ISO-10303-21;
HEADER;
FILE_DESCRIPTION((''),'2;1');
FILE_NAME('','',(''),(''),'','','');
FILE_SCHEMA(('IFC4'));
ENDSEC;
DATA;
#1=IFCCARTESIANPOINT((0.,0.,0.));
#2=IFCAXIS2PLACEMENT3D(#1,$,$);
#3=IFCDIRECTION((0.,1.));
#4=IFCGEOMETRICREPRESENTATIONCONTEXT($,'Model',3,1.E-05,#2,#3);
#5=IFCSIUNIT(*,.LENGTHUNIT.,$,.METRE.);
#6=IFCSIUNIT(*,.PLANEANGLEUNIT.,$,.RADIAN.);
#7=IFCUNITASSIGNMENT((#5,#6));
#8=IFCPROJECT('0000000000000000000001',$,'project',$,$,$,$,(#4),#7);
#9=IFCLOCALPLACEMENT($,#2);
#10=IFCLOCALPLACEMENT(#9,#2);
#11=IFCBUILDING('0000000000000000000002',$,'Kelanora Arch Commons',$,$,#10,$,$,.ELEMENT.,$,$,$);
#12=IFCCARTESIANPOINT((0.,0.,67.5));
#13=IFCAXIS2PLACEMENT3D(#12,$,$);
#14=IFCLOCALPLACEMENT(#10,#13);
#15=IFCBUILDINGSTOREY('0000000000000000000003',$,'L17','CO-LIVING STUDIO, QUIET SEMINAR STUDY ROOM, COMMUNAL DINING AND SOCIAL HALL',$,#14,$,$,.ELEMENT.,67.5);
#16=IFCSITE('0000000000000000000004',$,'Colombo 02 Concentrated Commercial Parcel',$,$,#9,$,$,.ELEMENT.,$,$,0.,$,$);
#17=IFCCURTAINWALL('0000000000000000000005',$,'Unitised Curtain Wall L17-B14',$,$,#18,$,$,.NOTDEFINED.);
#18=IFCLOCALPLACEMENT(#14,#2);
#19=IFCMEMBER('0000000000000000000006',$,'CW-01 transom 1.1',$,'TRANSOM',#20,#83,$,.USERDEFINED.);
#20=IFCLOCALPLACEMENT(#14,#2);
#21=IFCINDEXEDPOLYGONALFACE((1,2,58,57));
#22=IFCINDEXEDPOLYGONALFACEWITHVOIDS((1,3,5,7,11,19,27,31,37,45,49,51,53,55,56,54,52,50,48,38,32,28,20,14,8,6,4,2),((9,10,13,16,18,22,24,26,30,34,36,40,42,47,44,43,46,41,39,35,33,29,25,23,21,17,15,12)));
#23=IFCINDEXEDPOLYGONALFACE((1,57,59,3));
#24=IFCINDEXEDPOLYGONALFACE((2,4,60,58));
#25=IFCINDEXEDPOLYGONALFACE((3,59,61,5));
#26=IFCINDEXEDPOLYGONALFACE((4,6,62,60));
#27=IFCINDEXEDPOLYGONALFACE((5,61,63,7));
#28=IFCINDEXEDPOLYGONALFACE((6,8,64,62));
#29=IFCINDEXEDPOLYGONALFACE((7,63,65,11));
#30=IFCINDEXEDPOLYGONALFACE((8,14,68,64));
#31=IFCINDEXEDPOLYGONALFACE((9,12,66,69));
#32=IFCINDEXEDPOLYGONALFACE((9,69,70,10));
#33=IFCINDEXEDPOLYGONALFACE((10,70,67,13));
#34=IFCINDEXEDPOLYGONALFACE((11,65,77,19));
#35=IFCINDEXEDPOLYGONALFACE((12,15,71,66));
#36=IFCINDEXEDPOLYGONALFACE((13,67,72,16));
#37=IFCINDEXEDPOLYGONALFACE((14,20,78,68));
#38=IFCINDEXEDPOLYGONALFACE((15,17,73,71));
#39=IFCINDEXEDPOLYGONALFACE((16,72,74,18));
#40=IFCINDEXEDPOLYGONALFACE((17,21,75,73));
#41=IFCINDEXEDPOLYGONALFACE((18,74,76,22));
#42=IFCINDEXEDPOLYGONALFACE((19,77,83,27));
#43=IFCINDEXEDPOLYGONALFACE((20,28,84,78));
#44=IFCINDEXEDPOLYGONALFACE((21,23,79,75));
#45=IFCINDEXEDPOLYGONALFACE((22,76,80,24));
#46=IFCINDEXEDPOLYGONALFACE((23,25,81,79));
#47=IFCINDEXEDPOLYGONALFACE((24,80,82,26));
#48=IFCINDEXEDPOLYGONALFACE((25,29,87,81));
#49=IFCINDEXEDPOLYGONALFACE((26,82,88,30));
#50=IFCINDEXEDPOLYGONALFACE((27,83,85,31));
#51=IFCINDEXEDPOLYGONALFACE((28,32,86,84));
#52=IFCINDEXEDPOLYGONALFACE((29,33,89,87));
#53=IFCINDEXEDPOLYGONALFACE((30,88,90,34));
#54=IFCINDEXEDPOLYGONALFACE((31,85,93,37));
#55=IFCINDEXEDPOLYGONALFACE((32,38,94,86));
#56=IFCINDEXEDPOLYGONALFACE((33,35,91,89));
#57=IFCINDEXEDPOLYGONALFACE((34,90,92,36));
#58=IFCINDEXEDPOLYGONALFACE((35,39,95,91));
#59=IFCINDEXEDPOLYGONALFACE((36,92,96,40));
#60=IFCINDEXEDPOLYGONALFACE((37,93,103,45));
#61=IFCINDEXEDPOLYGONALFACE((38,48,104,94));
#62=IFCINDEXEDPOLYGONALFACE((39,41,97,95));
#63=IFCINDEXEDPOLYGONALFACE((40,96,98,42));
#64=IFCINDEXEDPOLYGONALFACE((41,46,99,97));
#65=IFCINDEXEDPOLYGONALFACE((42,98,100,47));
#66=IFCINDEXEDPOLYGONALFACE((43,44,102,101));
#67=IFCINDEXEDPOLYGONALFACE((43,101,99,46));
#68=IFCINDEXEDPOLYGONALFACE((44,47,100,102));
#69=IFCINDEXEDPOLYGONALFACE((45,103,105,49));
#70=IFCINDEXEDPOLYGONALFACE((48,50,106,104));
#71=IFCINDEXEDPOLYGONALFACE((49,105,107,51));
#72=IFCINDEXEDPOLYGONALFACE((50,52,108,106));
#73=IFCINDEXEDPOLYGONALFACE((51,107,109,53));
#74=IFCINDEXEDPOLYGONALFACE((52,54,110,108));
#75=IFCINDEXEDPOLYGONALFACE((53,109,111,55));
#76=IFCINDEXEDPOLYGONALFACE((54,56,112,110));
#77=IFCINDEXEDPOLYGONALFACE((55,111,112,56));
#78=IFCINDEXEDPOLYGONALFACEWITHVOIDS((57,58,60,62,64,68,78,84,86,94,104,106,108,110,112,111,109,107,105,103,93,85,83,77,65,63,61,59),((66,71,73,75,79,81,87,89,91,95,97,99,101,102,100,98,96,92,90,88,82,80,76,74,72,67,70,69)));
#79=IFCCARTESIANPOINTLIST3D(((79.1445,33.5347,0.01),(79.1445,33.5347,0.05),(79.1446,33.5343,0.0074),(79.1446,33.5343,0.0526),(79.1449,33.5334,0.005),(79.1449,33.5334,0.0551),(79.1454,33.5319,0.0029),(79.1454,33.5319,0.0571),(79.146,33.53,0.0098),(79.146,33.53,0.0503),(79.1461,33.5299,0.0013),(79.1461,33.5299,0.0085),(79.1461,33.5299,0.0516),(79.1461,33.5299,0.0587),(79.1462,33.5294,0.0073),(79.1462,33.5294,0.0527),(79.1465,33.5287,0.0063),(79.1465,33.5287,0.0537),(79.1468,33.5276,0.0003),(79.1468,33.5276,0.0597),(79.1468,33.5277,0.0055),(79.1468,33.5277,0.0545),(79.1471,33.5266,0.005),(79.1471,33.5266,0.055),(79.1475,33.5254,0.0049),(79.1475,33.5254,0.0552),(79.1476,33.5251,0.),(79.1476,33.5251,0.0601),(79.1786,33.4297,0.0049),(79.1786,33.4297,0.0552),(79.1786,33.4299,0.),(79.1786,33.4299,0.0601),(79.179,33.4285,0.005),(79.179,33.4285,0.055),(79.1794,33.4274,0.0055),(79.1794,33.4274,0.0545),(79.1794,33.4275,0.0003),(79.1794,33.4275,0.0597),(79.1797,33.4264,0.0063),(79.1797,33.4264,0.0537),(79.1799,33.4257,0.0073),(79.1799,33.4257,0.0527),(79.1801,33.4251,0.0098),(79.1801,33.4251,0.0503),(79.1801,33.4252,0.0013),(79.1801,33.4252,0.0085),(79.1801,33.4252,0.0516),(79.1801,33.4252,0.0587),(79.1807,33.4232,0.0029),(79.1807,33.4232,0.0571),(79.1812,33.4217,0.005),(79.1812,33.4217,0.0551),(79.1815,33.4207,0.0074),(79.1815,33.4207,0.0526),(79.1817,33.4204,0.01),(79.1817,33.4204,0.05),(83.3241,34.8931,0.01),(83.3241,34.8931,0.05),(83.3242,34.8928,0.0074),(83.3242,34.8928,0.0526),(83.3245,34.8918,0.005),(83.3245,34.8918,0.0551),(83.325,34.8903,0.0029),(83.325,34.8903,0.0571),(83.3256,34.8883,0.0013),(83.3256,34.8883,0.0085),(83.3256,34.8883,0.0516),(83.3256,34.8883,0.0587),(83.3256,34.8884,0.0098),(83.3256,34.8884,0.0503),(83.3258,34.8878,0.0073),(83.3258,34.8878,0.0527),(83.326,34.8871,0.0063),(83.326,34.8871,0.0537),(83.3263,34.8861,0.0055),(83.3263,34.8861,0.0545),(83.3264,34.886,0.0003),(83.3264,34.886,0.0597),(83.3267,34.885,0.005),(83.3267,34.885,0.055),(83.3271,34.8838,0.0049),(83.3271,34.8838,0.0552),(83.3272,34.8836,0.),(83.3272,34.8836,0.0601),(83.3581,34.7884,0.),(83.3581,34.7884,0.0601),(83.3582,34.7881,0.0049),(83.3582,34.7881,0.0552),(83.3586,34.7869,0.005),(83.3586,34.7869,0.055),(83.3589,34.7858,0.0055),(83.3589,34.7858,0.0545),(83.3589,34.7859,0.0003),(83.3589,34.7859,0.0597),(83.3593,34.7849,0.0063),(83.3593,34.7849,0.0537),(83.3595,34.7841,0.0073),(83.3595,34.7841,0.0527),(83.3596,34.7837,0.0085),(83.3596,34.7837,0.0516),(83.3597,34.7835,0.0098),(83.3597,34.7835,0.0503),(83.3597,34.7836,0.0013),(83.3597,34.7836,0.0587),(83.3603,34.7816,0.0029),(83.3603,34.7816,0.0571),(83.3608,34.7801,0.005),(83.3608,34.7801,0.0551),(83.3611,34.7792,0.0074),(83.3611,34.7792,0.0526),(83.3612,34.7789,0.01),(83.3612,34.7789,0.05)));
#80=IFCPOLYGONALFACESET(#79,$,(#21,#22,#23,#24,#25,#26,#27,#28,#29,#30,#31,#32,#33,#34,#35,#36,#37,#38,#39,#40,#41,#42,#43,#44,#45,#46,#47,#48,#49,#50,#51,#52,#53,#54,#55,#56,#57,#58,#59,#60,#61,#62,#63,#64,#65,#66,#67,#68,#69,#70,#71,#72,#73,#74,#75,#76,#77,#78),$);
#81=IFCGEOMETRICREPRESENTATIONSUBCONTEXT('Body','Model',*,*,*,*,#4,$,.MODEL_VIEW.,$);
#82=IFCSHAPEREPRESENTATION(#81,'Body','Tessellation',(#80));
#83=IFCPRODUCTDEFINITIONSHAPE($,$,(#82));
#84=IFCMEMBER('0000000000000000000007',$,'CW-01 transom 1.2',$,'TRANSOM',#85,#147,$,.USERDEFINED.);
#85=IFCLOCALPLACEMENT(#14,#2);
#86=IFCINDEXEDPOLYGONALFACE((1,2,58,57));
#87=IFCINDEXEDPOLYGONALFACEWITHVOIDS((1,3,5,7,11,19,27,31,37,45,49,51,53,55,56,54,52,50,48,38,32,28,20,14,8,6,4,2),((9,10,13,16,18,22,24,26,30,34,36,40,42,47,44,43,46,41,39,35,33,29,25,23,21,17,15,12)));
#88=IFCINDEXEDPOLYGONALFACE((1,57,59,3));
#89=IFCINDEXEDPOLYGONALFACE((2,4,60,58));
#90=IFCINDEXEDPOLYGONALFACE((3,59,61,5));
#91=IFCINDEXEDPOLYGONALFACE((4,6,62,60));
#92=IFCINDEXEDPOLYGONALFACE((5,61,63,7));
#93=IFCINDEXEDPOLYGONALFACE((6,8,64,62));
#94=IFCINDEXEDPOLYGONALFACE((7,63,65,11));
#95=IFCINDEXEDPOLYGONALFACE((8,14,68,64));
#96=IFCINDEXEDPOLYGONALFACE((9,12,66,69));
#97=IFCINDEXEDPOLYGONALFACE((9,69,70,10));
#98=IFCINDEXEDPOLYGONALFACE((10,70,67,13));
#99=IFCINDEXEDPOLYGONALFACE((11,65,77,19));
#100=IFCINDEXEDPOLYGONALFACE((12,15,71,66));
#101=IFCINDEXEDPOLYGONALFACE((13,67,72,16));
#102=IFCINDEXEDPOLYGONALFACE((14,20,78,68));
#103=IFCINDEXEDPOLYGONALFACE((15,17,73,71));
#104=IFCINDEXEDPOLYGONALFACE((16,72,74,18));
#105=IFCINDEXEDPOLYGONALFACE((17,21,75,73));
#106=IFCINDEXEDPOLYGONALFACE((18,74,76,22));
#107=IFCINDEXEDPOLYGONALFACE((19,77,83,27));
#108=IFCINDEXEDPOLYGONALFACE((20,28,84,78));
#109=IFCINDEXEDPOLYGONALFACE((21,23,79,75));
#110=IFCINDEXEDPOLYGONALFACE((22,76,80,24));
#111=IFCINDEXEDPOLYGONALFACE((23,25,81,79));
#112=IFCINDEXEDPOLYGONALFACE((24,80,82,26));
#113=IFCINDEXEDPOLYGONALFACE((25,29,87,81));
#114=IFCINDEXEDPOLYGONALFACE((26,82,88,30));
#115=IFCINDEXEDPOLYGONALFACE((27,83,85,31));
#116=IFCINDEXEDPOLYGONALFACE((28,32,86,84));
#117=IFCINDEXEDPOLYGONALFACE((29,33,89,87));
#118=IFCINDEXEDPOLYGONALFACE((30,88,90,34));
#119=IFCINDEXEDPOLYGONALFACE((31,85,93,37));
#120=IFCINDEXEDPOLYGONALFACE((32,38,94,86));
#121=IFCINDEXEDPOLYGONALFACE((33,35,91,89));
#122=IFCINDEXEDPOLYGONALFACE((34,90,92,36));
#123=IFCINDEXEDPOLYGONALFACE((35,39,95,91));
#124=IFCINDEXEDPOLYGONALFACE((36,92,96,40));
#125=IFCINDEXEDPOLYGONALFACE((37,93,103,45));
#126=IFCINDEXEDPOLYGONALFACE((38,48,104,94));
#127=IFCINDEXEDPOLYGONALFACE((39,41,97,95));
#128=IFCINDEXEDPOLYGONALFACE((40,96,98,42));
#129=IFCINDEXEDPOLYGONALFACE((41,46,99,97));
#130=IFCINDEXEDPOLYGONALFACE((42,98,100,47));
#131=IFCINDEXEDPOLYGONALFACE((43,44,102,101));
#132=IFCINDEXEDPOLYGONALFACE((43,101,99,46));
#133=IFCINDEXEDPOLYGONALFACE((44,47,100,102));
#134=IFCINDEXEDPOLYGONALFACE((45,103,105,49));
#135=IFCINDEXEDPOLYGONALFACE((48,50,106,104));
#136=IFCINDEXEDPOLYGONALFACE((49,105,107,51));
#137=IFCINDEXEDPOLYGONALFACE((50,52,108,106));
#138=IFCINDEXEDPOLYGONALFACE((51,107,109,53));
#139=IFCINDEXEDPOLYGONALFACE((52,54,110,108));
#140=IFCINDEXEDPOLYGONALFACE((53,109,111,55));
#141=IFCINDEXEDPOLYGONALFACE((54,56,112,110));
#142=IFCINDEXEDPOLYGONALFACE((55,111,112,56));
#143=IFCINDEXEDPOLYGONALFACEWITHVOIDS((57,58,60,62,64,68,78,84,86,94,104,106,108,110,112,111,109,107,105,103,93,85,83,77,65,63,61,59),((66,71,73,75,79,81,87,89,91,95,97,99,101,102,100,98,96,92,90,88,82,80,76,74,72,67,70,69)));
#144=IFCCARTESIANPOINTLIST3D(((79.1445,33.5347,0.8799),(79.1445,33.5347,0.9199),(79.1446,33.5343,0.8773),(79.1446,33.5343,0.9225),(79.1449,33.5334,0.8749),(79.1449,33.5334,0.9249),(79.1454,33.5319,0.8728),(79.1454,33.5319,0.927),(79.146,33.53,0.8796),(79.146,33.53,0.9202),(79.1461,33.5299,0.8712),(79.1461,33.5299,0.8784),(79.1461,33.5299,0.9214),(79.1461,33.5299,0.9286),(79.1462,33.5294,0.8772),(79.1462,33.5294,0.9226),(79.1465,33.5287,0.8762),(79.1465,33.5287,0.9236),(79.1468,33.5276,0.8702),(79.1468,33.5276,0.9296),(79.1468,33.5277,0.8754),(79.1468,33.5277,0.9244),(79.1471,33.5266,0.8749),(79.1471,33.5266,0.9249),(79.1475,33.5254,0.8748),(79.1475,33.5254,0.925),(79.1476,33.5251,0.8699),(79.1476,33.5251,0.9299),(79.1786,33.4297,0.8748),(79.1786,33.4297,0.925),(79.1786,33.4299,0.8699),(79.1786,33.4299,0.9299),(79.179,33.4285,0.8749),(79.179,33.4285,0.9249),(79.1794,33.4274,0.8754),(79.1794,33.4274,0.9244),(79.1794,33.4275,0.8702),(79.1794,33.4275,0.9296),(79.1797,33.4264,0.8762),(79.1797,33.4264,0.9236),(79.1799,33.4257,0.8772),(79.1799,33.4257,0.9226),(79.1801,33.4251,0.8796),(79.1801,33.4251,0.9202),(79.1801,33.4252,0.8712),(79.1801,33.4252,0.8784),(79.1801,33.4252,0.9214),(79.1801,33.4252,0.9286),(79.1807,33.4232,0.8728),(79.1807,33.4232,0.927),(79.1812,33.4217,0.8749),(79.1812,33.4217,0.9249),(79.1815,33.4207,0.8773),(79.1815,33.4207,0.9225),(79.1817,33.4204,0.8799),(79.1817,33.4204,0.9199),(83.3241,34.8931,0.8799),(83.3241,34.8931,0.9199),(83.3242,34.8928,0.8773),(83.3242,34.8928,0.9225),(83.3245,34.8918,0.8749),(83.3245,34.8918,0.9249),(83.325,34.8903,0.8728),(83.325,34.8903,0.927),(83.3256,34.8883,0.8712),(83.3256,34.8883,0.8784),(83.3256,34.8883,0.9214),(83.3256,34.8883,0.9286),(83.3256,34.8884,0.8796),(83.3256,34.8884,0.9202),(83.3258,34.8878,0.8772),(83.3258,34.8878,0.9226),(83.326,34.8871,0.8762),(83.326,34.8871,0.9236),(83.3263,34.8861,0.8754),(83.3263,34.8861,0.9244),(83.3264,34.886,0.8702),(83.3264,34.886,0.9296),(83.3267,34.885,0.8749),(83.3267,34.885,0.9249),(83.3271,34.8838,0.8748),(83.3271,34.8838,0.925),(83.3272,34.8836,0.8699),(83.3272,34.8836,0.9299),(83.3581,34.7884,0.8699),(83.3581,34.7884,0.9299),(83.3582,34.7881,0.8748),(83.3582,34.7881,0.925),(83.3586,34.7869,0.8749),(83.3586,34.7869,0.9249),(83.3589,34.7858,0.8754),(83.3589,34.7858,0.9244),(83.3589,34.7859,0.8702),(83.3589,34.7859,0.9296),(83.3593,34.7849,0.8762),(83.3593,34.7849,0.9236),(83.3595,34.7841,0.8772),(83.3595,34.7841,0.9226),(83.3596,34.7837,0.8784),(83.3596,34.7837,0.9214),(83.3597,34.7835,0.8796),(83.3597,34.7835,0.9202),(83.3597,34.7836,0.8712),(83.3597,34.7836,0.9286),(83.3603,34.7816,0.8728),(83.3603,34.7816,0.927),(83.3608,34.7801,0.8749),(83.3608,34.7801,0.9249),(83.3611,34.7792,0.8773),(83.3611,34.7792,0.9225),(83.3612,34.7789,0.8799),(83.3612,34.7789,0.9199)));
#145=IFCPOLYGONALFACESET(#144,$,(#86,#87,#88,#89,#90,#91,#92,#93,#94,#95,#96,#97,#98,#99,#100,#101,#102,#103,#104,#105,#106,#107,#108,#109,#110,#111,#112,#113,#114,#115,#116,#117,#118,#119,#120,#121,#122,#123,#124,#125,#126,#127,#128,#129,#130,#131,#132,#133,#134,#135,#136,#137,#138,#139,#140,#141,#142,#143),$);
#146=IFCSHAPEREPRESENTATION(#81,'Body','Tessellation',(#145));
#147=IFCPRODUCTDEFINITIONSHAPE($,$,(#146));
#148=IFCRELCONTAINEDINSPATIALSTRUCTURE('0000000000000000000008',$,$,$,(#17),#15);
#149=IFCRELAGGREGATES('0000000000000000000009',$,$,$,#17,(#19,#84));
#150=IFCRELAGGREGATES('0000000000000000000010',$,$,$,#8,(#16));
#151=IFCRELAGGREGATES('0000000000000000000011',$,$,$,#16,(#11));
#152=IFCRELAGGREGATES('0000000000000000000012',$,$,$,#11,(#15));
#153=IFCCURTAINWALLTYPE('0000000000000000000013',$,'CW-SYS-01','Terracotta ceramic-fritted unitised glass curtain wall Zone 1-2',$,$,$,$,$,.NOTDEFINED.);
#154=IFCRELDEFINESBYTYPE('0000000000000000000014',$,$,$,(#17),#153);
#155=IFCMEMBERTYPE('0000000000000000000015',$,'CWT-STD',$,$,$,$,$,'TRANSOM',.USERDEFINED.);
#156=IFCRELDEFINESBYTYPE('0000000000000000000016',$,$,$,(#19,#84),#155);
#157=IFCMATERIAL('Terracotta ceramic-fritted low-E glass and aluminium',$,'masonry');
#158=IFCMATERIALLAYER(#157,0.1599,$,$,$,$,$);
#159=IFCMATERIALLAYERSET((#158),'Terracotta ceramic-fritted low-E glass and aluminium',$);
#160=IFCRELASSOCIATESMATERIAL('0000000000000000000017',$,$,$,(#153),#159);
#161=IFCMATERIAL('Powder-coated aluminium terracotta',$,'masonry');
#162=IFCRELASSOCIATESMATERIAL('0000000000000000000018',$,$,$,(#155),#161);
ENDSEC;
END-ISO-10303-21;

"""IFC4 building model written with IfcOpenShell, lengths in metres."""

from ifc_helpers import new_model, si_unit, direction, frame, origin, origin_2d, place, context, subcontext, project, spatial, hollow_rectangle, extrude, material, layer, layer_set, material_profile, profile_set, type_object, element, aggregate, save


model = new_model("IFC4")

# Units and contexts
model_context = context("Model", 3, precision=1e-05, world=origin(), true_north=direction((0.0, 1.0)))
body_context = subcontext(model_context, "Body", "Model", "MODEL_VIEW")
ifc_project = project(units=[si_unit("LENGTHUNIT", "METRE"), si_unit("PLANEANGLEUNIT", "RADIAN")], contexts=[model_context])

# Site, building, storey
site_placement = place(None, origin())
site = spatial("IfcSite", under=ifc_project, at=site_placement, Name="Colombo 02 Concentrated Commercial Parcel", CompositionType="ELEMENT", RefElevation=0.0)
building_placement = place(site_placement, origin())
building = spatial("IfcBuilding", under=site, at=building_placement, Name="Kelanora Arch Commons", CompositionType="ELEMENT")
storey_placement = place(building_placement, frame((0.0, 0.0, 67.5)))
storey = spatial("IfcBuildingStorey", under=building, at=storey_placement, Name="L17", Description="CO-LIVING STUDIO, QUIET SEMINAR STUDY ROOM, COMMUNAL DINING AND SOCIAL HALL", CompositionType="ELEMENT", Elevation=67.5)

# Curtain wall, members
ifc_material_1 = material(Name="Terracotta ceramic-fritted low-E glass and aluminium", Category="masonry")
ifc_layer_1 = layer(ifc_material_1, 0.1599)
ifc_layer_set_1 = layer_set([ifc_layer_1], Name="Terracotta ceramic-fritted low-E glass and aluminium")
curtain_wall_type = type_object("IfcCurtainWallType", Name="CW-SYS-01", Description="Terracotta ceramic-fritted unitised glass curtain wall Zone 1-2", PredefinedType="NOTDEFINED", material=ifc_layer_set_1)
curtain_wall_placement = place(storey_placement, origin())
curtain_wall = element("IfcCurtainWall", 1, at=curtain_wall_placement, inside=storey, type_object=curtain_wall_type, Name="Unitised Curtain Wall L17-B14", PredefinedType="NOTDEFINED")
ifc_material_2 = material(Name="Powder-coated aluminium terracotta", Category="masonry")
ifc_material_profile_1 = material_profile(ifc_material_2, hollow_rectangle(XDim=0.1201, YDim=0.0601, WallThickness=0.0049, InnerFilletRadius=0.0049, OuterFilletRadius=0.01, at=origin_2d()), Name="CWT120x60")
ifc_profile_set_1 = profile_set([ifc_material_profile_1], Name="Powder-coated aluminium terracotta")
member_type_1 = type_object("IfcMemberType", Name="CWT-STD", ElementType="TRANSOM", PredefinedType="USERDEFINED", material=ifc_profile_set_1)
member_1_placement = place(storey_placement, frame((79.1631, 33.4775, 0.03), z_axis=(0.951029, 0.309102, 0.0), x_axis=(-0.309102, 0.951029, 0.0)))
member_1 = element("IfcMember", 2, at=member_1_placement, type_object=member_type_1, Name="CW-01 transom 1.1", ObjectType="TRANSOM", PredefinedType="USERDEFINED", context=body_context, shape_type="SweptSolid", body=[
    extrude(hollow_rectangle(XDim=0.1201, YDim=0.0601, WallThickness=0.0049, InnerFilletRadius=0.0049, OuterFilletRadius=0.01, at=origin_2d()), origin(), (0.0, 0.0, 1.0), 4.3948),
])
member_2_placement = place(storey_placement, frame((79.1631, 33.4775, 0.8999), z_axis=(0.951029, 0.309102, 0.0), x_axis=(-0.309102, 0.951029, 0.0)))
member_2 = element("IfcMember", 3, at=member_2_placement, type_object=member_type_1, Name="CW-01 transom 1.2", ObjectType="TRANSOM", PredefinedType="USERDEFINED", context=body_context, shape_type="SweptSolid", body=[
    extrude(hollow_rectangle(XDim=0.1201, YDim=0.0601, WallThickness=0.0049, InnerFilletRadius=0.0049, OuterFilletRadius=0.01, at=origin_2d()), origin(), (0.0, 0.0, 1.0), 4.3948),
])
aggregate(curtain_wall, [member_1, member_2])

save(model, "model.ifc")
